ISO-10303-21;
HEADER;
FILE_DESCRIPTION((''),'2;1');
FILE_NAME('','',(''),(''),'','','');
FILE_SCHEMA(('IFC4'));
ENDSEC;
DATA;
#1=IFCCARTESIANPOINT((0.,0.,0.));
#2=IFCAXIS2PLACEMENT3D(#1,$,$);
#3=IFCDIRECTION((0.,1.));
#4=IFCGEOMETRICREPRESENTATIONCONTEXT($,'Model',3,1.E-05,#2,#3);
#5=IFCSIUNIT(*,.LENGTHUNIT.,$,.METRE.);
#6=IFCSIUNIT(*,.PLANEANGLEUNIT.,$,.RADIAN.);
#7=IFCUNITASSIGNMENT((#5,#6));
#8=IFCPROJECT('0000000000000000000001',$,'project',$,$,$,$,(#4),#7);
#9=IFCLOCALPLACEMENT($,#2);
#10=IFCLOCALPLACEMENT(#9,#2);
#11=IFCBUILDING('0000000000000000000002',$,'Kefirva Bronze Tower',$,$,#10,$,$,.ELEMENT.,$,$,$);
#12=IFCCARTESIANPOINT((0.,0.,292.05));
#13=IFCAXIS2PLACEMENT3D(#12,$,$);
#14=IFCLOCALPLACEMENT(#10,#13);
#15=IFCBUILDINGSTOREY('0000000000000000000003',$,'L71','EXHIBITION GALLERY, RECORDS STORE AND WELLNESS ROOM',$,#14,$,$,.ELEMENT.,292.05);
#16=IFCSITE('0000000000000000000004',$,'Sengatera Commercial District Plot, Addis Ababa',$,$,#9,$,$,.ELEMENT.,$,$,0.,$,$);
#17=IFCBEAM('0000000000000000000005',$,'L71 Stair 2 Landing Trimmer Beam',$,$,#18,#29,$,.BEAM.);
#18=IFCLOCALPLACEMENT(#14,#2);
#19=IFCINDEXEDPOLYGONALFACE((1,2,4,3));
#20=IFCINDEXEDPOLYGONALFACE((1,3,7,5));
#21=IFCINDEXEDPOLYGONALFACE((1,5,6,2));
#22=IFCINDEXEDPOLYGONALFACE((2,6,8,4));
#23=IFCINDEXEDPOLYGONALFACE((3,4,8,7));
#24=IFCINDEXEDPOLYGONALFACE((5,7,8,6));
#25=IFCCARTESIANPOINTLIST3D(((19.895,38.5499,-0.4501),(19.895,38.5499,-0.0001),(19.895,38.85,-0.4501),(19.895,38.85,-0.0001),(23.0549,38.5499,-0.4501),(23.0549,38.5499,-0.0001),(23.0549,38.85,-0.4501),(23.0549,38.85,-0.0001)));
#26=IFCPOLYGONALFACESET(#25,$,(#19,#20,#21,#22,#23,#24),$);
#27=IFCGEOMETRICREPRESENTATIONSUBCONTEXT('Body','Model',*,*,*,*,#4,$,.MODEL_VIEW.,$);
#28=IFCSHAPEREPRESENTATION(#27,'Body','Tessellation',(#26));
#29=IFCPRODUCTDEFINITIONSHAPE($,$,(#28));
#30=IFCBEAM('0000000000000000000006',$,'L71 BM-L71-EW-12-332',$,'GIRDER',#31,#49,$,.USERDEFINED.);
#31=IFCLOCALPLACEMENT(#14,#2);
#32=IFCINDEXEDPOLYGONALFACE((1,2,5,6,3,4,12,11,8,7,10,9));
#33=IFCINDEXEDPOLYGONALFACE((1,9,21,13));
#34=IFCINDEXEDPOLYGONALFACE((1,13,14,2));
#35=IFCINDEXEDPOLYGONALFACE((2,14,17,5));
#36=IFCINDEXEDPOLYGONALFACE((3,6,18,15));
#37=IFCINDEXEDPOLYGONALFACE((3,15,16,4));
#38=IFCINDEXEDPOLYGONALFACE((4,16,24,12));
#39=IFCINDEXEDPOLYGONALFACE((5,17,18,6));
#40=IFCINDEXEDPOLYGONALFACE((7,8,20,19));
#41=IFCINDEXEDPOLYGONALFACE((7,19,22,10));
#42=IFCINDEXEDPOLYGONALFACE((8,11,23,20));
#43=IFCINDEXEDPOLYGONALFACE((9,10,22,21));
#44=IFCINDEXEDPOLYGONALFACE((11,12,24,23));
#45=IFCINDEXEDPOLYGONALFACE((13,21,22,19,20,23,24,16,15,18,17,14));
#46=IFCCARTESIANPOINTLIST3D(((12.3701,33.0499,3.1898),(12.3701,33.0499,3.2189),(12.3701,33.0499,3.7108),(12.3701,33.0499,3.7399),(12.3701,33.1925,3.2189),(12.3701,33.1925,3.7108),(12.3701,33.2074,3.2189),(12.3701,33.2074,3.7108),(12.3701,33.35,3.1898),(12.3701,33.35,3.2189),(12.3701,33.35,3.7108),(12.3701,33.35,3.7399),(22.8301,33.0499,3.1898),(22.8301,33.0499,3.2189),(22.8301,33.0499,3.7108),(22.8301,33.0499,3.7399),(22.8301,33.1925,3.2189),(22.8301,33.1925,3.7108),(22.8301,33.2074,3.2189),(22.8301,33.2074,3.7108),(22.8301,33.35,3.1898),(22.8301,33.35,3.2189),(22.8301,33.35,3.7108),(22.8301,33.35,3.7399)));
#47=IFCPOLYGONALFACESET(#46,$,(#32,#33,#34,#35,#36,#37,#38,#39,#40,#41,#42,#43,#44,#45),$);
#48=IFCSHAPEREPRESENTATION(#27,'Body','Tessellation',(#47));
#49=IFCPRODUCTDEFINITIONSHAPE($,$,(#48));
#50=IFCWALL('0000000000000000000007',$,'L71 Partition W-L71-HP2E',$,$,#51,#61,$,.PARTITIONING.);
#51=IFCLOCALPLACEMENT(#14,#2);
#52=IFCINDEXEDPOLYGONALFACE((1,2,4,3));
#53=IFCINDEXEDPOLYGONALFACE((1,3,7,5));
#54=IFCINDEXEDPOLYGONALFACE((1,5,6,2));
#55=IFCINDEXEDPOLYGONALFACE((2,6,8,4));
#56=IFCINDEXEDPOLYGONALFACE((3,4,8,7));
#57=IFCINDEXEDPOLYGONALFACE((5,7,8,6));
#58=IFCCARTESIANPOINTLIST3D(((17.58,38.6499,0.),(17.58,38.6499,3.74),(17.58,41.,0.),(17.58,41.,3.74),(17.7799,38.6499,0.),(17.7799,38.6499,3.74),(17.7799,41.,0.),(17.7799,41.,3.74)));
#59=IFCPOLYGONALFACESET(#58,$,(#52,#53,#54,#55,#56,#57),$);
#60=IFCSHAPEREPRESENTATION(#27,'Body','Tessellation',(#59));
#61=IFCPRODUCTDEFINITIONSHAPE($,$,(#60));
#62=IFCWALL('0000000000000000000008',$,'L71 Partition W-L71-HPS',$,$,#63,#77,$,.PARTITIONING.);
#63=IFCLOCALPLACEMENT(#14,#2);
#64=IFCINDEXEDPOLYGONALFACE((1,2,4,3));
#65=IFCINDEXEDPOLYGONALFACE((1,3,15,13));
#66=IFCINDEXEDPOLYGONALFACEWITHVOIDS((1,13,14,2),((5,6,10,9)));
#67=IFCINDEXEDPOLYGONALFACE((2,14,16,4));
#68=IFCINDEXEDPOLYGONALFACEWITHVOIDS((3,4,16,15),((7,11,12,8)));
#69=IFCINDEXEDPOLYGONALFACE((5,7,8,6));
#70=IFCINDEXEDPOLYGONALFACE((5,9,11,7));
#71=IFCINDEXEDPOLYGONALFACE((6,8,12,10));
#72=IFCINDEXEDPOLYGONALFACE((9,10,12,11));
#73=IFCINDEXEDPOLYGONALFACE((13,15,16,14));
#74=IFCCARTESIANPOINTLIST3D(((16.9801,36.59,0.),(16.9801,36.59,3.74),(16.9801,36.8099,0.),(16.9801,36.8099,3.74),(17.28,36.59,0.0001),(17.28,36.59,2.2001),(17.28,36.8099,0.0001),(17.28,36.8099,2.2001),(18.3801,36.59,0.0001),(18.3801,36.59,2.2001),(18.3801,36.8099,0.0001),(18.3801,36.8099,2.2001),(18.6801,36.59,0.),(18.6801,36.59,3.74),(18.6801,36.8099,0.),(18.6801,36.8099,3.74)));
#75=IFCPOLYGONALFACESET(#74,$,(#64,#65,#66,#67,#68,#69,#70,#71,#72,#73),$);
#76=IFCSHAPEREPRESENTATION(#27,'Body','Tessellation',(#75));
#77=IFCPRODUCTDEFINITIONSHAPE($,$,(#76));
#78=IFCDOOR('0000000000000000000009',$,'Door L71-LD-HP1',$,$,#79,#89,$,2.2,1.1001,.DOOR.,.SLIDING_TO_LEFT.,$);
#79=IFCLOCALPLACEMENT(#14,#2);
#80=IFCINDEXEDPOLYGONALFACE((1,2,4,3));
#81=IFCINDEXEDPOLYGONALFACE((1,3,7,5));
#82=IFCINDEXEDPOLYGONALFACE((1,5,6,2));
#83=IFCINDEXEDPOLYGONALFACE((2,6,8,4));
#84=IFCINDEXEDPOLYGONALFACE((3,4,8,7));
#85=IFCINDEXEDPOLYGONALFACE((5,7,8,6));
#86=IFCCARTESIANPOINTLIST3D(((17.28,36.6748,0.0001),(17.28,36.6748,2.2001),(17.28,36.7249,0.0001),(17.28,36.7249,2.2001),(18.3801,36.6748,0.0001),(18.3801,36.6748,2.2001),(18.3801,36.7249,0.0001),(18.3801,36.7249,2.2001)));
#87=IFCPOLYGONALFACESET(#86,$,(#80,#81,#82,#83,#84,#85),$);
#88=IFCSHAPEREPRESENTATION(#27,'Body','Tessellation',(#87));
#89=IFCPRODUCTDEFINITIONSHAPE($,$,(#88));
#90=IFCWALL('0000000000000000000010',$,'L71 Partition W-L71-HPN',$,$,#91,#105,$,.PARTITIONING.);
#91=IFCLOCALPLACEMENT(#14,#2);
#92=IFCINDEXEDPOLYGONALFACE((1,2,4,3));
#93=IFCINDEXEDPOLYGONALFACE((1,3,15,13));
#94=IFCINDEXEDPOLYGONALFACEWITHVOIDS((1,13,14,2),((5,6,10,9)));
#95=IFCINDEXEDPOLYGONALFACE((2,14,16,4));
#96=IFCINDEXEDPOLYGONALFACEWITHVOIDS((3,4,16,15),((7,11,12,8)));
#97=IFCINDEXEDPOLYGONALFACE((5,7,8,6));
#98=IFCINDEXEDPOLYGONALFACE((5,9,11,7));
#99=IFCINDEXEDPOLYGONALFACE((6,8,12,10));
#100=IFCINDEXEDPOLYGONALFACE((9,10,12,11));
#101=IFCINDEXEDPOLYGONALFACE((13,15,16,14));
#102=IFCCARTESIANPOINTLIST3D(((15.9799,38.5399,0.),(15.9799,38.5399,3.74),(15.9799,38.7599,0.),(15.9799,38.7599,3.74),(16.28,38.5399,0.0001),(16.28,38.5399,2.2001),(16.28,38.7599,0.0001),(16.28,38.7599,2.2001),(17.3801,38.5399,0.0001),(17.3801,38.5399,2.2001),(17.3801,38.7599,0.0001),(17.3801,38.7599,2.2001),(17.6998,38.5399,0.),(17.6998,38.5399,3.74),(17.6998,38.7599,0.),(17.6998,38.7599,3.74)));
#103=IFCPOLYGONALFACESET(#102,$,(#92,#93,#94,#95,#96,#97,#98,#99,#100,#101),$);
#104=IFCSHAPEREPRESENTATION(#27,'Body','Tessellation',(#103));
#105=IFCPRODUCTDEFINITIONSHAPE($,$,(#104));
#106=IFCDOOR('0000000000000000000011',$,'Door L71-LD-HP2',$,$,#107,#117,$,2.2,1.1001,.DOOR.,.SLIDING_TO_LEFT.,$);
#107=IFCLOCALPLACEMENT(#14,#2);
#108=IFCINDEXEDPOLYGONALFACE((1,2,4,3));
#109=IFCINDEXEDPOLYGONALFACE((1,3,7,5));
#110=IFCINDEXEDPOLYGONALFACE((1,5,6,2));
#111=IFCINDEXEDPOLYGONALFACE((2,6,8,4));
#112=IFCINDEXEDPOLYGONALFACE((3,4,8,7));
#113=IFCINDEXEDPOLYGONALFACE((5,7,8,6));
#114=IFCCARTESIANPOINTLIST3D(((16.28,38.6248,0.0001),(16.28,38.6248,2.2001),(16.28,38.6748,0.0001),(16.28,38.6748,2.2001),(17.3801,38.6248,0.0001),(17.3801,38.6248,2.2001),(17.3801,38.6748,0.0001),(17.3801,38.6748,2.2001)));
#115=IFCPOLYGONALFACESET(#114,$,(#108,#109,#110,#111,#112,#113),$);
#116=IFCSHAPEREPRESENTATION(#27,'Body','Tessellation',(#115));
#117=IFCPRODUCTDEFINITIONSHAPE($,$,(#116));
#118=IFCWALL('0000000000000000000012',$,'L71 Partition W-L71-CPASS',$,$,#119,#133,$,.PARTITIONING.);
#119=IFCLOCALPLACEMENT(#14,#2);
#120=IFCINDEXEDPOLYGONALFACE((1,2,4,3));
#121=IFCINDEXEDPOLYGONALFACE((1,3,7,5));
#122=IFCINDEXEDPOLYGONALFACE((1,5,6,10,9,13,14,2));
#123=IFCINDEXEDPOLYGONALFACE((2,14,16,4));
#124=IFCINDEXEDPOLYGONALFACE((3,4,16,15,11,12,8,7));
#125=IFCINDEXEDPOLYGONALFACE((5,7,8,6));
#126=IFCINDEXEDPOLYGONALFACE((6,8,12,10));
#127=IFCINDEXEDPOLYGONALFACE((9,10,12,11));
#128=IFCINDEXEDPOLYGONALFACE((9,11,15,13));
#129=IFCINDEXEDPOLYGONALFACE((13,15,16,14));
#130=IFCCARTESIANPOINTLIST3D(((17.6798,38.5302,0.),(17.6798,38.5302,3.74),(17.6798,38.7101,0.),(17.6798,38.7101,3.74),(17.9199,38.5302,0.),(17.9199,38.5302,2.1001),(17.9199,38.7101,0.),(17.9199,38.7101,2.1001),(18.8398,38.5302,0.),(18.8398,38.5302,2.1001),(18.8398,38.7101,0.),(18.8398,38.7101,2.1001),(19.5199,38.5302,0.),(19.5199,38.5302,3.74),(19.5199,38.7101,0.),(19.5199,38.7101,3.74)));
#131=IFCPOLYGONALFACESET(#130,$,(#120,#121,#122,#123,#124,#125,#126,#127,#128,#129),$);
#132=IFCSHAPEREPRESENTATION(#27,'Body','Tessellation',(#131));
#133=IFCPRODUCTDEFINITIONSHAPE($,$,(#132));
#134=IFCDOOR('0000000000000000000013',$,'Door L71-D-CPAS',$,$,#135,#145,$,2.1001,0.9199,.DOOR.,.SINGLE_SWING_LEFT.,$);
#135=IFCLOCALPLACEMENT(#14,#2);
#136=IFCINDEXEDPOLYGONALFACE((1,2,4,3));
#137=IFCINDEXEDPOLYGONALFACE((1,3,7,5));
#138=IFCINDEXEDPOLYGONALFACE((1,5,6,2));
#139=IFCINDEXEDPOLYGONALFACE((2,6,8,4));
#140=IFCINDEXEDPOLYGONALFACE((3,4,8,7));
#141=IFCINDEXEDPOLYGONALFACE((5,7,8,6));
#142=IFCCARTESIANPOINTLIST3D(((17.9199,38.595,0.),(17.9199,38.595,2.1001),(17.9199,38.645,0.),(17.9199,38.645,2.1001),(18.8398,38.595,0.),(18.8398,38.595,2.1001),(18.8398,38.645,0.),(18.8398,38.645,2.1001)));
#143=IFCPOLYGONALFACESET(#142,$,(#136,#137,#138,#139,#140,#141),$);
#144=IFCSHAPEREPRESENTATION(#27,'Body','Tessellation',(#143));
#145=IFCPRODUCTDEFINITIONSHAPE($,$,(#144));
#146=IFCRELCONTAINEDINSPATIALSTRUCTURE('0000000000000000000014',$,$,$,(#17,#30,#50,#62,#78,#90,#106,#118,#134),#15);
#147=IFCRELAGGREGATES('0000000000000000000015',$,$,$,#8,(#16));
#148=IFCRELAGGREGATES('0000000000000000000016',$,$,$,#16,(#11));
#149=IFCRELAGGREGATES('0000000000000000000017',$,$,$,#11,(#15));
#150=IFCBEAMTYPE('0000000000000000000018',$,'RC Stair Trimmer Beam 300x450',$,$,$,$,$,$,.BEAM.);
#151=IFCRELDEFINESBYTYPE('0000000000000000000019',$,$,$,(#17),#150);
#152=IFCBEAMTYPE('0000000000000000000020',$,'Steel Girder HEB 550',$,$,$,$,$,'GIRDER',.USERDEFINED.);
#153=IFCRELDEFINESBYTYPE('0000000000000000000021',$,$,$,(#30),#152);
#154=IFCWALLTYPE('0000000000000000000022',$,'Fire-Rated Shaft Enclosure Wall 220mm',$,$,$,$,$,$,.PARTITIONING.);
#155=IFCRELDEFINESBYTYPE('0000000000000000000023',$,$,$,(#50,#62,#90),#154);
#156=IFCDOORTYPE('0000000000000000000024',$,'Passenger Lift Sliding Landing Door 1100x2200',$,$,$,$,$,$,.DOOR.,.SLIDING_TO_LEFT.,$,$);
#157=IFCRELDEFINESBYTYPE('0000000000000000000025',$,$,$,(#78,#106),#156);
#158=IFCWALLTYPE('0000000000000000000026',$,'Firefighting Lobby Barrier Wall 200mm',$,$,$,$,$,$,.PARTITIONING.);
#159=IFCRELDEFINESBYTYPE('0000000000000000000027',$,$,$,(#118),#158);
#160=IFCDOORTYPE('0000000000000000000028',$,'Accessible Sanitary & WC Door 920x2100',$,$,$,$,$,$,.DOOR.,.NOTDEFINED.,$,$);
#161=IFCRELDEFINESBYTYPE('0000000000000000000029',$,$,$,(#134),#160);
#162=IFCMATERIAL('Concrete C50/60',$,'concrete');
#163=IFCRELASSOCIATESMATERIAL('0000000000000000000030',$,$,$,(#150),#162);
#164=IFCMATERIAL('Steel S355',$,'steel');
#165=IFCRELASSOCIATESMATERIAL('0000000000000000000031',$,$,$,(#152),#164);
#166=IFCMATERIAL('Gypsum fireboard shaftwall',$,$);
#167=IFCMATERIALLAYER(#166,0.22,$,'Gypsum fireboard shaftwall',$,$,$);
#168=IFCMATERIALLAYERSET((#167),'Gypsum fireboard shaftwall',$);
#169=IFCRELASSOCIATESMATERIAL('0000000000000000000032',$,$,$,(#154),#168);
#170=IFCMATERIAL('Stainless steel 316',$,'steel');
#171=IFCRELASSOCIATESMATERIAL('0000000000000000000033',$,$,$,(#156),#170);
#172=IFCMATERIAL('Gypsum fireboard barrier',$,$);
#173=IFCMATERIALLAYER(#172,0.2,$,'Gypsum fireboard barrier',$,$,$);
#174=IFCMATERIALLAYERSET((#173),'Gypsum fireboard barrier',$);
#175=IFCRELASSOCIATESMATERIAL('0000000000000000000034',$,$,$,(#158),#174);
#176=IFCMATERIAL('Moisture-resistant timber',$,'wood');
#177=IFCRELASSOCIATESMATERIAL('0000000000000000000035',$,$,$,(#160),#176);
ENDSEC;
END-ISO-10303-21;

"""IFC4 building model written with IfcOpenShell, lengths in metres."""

from ifc_helpers import new_model, si_unit, direction, frame, frame_2d, origin, origin_2d, place, context, subcontext, project, spatial, rectangle, i_section, extrude, material, layer, layer_set, material_profile, profile_set, type_object, element, fill, save


model = new_model("IFC4")

# Units and contexts
model_context = context("Model", 3, precision=1e-05, world=origin(), true_north=direction((0.0, 1.0)))
body_context = subcontext(model_context, "Body", "Model", "MODEL_VIEW")
ifc_project = project(units=[si_unit("LENGTHUNIT", "METRE"), si_unit("PLANEANGLEUNIT", "RADIAN")], contexts=[model_context])

# Site, building, storey
site_placement = place(None, origin())
site = spatial("IfcSite", under=ifc_project, at=site_placement, Name="Sengatera Commercial District Plot, Addis Ababa", CompositionType="ELEMENT", RefElevation=0.0)
building_placement = place(site_placement, origin())
building = spatial("IfcBuilding", under=site, at=building_placement, Name="Kefirva Bronze Tower", CompositionType="ELEMENT")
storey_placement = place(building_placement, frame((0.0, 0.0, 292.05)))
storey = spatial("IfcBuildingStorey", under=building, at=storey_placement, Name="L71", Description="EXHIBITION GALLERY, RECORDS STORE AND WELLNESS ROOM", CompositionType="ELEMENT", Elevation=292.05)

# Beams
ifc_material_1 = material(Name="Concrete C50/60", Category="concrete")
ifc_material_profile_1 = material_profile(ifc_material_1, rectangle(XDim=0.3, YDim=0.45, at=origin_2d()), Name="RC 300x450")
ifc_profile_set_1 = profile_set([ifc_material_profile_1], Name="Concrete C50/60")
beam_type_1 = type_object("IfcBeamType", Name="RC Stair Trimmer Beam 300x450", PredefinedType="BEAM", material=ifc_profile_set_1)
beam_1_placement = place(storey_placement, frame((19.895, 38.7, -0.2251), z_axis=(1.0, 0.0, 0.0), x_axis=(0.0, 1.0, 0.0)))
element("IfcBeam", 1, at=beam_1_placement, inside=storey, type_object=beam_type_1, Name="L71 Stair 2 Landing Trimmer Beam", PredefinedType="BEAM", context=body_context, shape_type="SweptSolid", body=[
    extrude(rectangle(XDim=0.3, YDim=0.45, at=origin_2d()), origin(), (0.0, 0.0, 1.0), 3.1599),
])
ifc_material_2 = material(Name="Steel S355", Category="steel")
ifc_material_profile_2 = material_profile(ifc_material_2, i_section(OverallWidth=0.3, OverallDepth=0.55, WebThickness=0.0149, FlangeThickness=0.0291, at=origin_2d()), Name="HEB 550")
ifc_profile_set_2 = profile_set([ifc_material_profile_2], Name="Steel S355")
beam_type_2 = type_object("IfcBeamType", Name="Steel Girder HEB 550", ElementType="GIRDER", PredefinedType="USERDEFINED", material=ifc_profile_set_2)
beam_2_placement = place(storey_placement, frame((12.3701, 33.2, 3.4648), z_axis=(1.0, 0.0, 0.0), x_axis=(0.0, 1.0, 0.0)))
element("IfcBeam", 2, at=beam_2_placement, inside=storey, type_object=beam_type_2, Name="L71 BM-L71-EW-12-332", ObjectType="GIRDER", PredefinedType="USERDEFINED", context=body_context, shape_type="SweptSolid", body=[
    extrude(i_section(OverallWidth=0.3, OverallDepth=0.55, WebThickness=0.0149, FlangeThickness=0.0291, at=origin_2d()), origin(), (0.0, 0.0, 1.0), 10.46),
])

# Shared definitions
ifc_material_3 = material(Name="Gypsum fireboard shaftwall")
ifc_layer_1 = layer(ifc_material_3, 0.22, Name="Gypsum fireboard shaftwall")
ifc_layer_set_1 = layer_set([ifc_layer_1], Name="Gypsum fireboard shaftwall")
wall_type_1 = type_object("IfcWallType", Name="Fire-Rated Shaft Enclosure Wall 220mm", PredefinedType="PARTITIONING", material=ifc_layer_set_1)

# Wall
wall_1_placement = place(storey_placement, frame((17.6799, 38.6499, 0.0), z_axis=(0.0, 0.0, 1.0), x_axis=(0.0, 1.0, 0.0)))
element("IfcWall", 3, at=wall_1_placement, inside=storey, type_object=wall_type_1, Name="L71 Partition W-L71-HP2E", PredefinedType="PARTITIONING", context=body_context, shape_type="SweptSolid", body=[
    extrude(rectangle(XDim=2.3501, YDim=0.2, at=frame_2d((1.175, 0.0))), origin(), (0.0, 0.0, 1.0), 3.74),
])

# Walls, openings, doors
wall_2_placement = place(storey_placement, frame((16.98, 36.7, 0.0), z_axis=(0.0, 0.0, 1.0), x_axis=(1.0, 0.0, 0.0)))
wall_2 = element("IfcWall", 4, at=wall_2_placement, inside=storey, type_object=wall_type_1, Name="L71 Partition W-L71-HPS", PredefinedType="PARTITIONING", context=body_context, shape_type="SweptSolid", body=[
    extrude(rectangle(XDim=1.7, YDim=0.22, at=frame_2d((0.8501, 0.0))), origin(), (0.0, 0.0, 1.0), 3.74),
])
opening_1_placement = place(wall_2_placement, frame((0.3, 0.0, 0.0)))
opening_1 = element("IfcOpeningElement", 5, at=opening_1_placement, cuts=wall_2, PredefinedType="OPENING", context=body_context, shape_type="SweptSolid", body=[
    extrude(rectangle(XDim=1.1001, YDim=2.2, at=frame_2d((0.55, 1.1001))), frame((0.0, 0.1201, 0.0), z_axis=(0.0, -1.0, 0.0), x_axis=(1.0, 0.0, 0.0)), (0.0, 0.0, 1.0), 0.24),
])
ifc_material_4 = material(Name="Stainless steel 316", Category="steel")
door_type_1 = type_object("IfcDoorType", Name="Passenger Lift Sliding Landing Door 1100x2200", OperationType="SLIDING_TO_LEFT", PredefinedType="DOOR", material=ifc_material_4)
door_1_placement = place(opening_1_placement, origin())
door_1 = element("IfcDoor", 6, at=door_1_placement, inside=storey, type_object=door_type_1, Name="Door L71-LD-HP1", OperationType="SLIDING_TO_LEFT", OverallHeight=2.2, OverallWidth=1.1001, PredefinedType="DOOR", context=body_context, shape_type="SweptSolid", body=[
    extrude(rectangle(XDim=1.1001, YDim=2.2, at=frame_2d((0.55, 1.1001))), frame((0.0, 0.0249, 0.0), z_axis=(0.0, -1.0, 0.0), x_axis=(1.0, 0.0, 0.0)), (0.0, 0.0, 1.0), 0.05),
])
fill(opening_1, door_1)
wall_3_placement = place(storey_placement, frame((15.98, 38.6499, 0.0), z_axis=(0.0, 0.0, 1.0), x_axis=(1.0, 0.0, 0.0)))
wall_3 = element("IfcWall", 7, at=wall_3_placement, inside=storey, type_object=wall_type_1, Name="L71 Partition W-L71-HPN", PredefinedType="PARTITIONING", context=body_context, shape_type="SweptSolid", body=[
    extrude(rectangle(XDim=1.72, YDim=0.22, at=frame_2d((0.8599, 0.0))), origin(), (0.0, 0.0, 1.0), 3.74),
])
opening_2_placement = place(wall_3_placement, frame((0.3, 0.0, 0.0)))
opening_2 = element("IfcOpeningElement", 8, at=opening_2_placement, cuts=wall_3, PredefinedType="OPENING", context=body_context, shape_type="SweptSolid", body=[
    extrude(rectangle(XDim=1.1001, YDim=2.2, at=frame_2d((0.55, 1.1001))), frame((0.0, 0.1201, 0.0), z_axis=(0.0, -1.0, 0.0), x_axis=(1.0, 0.0, 0.0)), (0.0, 0.0, 1.0), 0.24),
])
door_2_placement = place(opening_2_placement, origin())
door_2 = element("IfcDoor", 9, at=door_2_placement, inside=storey, type_object=door_type_1, Name="Door L71-LD-HP2", OperationType="SLIDING_TO_LEFT", OverallHeight=2.2, OverallWidth=1.1001, PredefinedType="DOOR", context=body_context, shape_type="SweptSolid", body=[
    extrude(rectangle(XDim=1.1001, YDim=2.2, at=frame_2d((0.55, 1.1001))), frame((0.0, 0.0249, 0.0), z_axis=(0.0, -1.0, 0.0), x_axis=(1.0, 0.0, 0.0)), (0.0, 0.0, 1.0), 0.05),
])
fill(opening_2, door_2)
ifc_material_5 = material(Name="Gypsum fireboard barrier")
ifc_layer_2 = layer(ifc_material_5, 0.2, Name="Gypsum fireboard barrier")
ifc_layer_set_2 = layer_set([ifc_layer_2], Name="Gypsum fireboard barrier")
wall_type_2 = type_object("IfcWallType", Name="Firefighting Lobby Barrier Wall 200mm", PredefinedType="PARTITIONING", material=ifc_layer_set_2)
wall_4_placement = place(storey_placement, frame((17.6799, 38.6201, 0.0), z_axis=(0.0, 0.0, 1.0), x_axis=(1.0, 0.0, 0.0)))
wall_4 = element("IfcWall", 10, at=wall_4_placement, inside=storey, type_object=wall_type_2, Name="L71 Partition W-L71-CPASS", PredefinedType="PARTITIONING", context=body_context, shape_type="SweptSolid", body=[
    extrude(rectangle(XDim=1.8401, YDim=0.1799, at=frame_2d((0.9199, 0.0))), origin(), (0.0, 0.0, 1.0), 3.74),
])
opening_3_placement = place(wall_4_placement, frame((0.24, 0.0, 0.0)))
opening_3 = element("IfcOpeningElement", 11, at=opening_3_placement, cuts=wall_4, PredefinedType="OPENING", context=body_context, shape_type="SweptSolid", body=[
    extrude(rectangle(XDim=0.9199, YDim=2.1001, at=frame_2d((0.46, 1.05))), frame((0.0, 0.1001, 0.0), z_axis=(0.0, -1.0, 0.0), x_axis=(1.0, 0.0, 0.0)), (0.0, 0.0, 1.0), 0.2),
])
ifc_material_6 = material(Name="Moisture-resistant timber", Category="wood")
door_type_2 = type_object("IfcDoorType", Name="Accessible Sanitary & WC Door 920x2100", OperationType="NOTDEFINED", PredefinedType="DOOR", material=ifc_material_6)
door_3_placement = place(opening_3_placement, origin())
door_3 = element("IfcDoor", 12, at=door_3_placement, inside=storey, type_object=door_type_2, Name="Door L71-D-CPAS", OperationType="SINGLE_SWING_LEFT", OverallHeight=2.1001, OverallWidth=0.9199, PredefinedType="DOOR", context=body_context, shape_type="SweptSolid", body=[
    extrude(rectangle(XDim=0.9199, YDim=2.1001, at=frame_2d((0.46, 1.05))), frame((0.0, 0.0249, 0.0), z_axis=(0.0, -1.0, 0.0), x_axis=(1.0, 0.0, 0.0)), (0.0, 0.0, 1.0), 0.05),
])
fill(opening_3, door_3)

save(model, "model.ifc")
